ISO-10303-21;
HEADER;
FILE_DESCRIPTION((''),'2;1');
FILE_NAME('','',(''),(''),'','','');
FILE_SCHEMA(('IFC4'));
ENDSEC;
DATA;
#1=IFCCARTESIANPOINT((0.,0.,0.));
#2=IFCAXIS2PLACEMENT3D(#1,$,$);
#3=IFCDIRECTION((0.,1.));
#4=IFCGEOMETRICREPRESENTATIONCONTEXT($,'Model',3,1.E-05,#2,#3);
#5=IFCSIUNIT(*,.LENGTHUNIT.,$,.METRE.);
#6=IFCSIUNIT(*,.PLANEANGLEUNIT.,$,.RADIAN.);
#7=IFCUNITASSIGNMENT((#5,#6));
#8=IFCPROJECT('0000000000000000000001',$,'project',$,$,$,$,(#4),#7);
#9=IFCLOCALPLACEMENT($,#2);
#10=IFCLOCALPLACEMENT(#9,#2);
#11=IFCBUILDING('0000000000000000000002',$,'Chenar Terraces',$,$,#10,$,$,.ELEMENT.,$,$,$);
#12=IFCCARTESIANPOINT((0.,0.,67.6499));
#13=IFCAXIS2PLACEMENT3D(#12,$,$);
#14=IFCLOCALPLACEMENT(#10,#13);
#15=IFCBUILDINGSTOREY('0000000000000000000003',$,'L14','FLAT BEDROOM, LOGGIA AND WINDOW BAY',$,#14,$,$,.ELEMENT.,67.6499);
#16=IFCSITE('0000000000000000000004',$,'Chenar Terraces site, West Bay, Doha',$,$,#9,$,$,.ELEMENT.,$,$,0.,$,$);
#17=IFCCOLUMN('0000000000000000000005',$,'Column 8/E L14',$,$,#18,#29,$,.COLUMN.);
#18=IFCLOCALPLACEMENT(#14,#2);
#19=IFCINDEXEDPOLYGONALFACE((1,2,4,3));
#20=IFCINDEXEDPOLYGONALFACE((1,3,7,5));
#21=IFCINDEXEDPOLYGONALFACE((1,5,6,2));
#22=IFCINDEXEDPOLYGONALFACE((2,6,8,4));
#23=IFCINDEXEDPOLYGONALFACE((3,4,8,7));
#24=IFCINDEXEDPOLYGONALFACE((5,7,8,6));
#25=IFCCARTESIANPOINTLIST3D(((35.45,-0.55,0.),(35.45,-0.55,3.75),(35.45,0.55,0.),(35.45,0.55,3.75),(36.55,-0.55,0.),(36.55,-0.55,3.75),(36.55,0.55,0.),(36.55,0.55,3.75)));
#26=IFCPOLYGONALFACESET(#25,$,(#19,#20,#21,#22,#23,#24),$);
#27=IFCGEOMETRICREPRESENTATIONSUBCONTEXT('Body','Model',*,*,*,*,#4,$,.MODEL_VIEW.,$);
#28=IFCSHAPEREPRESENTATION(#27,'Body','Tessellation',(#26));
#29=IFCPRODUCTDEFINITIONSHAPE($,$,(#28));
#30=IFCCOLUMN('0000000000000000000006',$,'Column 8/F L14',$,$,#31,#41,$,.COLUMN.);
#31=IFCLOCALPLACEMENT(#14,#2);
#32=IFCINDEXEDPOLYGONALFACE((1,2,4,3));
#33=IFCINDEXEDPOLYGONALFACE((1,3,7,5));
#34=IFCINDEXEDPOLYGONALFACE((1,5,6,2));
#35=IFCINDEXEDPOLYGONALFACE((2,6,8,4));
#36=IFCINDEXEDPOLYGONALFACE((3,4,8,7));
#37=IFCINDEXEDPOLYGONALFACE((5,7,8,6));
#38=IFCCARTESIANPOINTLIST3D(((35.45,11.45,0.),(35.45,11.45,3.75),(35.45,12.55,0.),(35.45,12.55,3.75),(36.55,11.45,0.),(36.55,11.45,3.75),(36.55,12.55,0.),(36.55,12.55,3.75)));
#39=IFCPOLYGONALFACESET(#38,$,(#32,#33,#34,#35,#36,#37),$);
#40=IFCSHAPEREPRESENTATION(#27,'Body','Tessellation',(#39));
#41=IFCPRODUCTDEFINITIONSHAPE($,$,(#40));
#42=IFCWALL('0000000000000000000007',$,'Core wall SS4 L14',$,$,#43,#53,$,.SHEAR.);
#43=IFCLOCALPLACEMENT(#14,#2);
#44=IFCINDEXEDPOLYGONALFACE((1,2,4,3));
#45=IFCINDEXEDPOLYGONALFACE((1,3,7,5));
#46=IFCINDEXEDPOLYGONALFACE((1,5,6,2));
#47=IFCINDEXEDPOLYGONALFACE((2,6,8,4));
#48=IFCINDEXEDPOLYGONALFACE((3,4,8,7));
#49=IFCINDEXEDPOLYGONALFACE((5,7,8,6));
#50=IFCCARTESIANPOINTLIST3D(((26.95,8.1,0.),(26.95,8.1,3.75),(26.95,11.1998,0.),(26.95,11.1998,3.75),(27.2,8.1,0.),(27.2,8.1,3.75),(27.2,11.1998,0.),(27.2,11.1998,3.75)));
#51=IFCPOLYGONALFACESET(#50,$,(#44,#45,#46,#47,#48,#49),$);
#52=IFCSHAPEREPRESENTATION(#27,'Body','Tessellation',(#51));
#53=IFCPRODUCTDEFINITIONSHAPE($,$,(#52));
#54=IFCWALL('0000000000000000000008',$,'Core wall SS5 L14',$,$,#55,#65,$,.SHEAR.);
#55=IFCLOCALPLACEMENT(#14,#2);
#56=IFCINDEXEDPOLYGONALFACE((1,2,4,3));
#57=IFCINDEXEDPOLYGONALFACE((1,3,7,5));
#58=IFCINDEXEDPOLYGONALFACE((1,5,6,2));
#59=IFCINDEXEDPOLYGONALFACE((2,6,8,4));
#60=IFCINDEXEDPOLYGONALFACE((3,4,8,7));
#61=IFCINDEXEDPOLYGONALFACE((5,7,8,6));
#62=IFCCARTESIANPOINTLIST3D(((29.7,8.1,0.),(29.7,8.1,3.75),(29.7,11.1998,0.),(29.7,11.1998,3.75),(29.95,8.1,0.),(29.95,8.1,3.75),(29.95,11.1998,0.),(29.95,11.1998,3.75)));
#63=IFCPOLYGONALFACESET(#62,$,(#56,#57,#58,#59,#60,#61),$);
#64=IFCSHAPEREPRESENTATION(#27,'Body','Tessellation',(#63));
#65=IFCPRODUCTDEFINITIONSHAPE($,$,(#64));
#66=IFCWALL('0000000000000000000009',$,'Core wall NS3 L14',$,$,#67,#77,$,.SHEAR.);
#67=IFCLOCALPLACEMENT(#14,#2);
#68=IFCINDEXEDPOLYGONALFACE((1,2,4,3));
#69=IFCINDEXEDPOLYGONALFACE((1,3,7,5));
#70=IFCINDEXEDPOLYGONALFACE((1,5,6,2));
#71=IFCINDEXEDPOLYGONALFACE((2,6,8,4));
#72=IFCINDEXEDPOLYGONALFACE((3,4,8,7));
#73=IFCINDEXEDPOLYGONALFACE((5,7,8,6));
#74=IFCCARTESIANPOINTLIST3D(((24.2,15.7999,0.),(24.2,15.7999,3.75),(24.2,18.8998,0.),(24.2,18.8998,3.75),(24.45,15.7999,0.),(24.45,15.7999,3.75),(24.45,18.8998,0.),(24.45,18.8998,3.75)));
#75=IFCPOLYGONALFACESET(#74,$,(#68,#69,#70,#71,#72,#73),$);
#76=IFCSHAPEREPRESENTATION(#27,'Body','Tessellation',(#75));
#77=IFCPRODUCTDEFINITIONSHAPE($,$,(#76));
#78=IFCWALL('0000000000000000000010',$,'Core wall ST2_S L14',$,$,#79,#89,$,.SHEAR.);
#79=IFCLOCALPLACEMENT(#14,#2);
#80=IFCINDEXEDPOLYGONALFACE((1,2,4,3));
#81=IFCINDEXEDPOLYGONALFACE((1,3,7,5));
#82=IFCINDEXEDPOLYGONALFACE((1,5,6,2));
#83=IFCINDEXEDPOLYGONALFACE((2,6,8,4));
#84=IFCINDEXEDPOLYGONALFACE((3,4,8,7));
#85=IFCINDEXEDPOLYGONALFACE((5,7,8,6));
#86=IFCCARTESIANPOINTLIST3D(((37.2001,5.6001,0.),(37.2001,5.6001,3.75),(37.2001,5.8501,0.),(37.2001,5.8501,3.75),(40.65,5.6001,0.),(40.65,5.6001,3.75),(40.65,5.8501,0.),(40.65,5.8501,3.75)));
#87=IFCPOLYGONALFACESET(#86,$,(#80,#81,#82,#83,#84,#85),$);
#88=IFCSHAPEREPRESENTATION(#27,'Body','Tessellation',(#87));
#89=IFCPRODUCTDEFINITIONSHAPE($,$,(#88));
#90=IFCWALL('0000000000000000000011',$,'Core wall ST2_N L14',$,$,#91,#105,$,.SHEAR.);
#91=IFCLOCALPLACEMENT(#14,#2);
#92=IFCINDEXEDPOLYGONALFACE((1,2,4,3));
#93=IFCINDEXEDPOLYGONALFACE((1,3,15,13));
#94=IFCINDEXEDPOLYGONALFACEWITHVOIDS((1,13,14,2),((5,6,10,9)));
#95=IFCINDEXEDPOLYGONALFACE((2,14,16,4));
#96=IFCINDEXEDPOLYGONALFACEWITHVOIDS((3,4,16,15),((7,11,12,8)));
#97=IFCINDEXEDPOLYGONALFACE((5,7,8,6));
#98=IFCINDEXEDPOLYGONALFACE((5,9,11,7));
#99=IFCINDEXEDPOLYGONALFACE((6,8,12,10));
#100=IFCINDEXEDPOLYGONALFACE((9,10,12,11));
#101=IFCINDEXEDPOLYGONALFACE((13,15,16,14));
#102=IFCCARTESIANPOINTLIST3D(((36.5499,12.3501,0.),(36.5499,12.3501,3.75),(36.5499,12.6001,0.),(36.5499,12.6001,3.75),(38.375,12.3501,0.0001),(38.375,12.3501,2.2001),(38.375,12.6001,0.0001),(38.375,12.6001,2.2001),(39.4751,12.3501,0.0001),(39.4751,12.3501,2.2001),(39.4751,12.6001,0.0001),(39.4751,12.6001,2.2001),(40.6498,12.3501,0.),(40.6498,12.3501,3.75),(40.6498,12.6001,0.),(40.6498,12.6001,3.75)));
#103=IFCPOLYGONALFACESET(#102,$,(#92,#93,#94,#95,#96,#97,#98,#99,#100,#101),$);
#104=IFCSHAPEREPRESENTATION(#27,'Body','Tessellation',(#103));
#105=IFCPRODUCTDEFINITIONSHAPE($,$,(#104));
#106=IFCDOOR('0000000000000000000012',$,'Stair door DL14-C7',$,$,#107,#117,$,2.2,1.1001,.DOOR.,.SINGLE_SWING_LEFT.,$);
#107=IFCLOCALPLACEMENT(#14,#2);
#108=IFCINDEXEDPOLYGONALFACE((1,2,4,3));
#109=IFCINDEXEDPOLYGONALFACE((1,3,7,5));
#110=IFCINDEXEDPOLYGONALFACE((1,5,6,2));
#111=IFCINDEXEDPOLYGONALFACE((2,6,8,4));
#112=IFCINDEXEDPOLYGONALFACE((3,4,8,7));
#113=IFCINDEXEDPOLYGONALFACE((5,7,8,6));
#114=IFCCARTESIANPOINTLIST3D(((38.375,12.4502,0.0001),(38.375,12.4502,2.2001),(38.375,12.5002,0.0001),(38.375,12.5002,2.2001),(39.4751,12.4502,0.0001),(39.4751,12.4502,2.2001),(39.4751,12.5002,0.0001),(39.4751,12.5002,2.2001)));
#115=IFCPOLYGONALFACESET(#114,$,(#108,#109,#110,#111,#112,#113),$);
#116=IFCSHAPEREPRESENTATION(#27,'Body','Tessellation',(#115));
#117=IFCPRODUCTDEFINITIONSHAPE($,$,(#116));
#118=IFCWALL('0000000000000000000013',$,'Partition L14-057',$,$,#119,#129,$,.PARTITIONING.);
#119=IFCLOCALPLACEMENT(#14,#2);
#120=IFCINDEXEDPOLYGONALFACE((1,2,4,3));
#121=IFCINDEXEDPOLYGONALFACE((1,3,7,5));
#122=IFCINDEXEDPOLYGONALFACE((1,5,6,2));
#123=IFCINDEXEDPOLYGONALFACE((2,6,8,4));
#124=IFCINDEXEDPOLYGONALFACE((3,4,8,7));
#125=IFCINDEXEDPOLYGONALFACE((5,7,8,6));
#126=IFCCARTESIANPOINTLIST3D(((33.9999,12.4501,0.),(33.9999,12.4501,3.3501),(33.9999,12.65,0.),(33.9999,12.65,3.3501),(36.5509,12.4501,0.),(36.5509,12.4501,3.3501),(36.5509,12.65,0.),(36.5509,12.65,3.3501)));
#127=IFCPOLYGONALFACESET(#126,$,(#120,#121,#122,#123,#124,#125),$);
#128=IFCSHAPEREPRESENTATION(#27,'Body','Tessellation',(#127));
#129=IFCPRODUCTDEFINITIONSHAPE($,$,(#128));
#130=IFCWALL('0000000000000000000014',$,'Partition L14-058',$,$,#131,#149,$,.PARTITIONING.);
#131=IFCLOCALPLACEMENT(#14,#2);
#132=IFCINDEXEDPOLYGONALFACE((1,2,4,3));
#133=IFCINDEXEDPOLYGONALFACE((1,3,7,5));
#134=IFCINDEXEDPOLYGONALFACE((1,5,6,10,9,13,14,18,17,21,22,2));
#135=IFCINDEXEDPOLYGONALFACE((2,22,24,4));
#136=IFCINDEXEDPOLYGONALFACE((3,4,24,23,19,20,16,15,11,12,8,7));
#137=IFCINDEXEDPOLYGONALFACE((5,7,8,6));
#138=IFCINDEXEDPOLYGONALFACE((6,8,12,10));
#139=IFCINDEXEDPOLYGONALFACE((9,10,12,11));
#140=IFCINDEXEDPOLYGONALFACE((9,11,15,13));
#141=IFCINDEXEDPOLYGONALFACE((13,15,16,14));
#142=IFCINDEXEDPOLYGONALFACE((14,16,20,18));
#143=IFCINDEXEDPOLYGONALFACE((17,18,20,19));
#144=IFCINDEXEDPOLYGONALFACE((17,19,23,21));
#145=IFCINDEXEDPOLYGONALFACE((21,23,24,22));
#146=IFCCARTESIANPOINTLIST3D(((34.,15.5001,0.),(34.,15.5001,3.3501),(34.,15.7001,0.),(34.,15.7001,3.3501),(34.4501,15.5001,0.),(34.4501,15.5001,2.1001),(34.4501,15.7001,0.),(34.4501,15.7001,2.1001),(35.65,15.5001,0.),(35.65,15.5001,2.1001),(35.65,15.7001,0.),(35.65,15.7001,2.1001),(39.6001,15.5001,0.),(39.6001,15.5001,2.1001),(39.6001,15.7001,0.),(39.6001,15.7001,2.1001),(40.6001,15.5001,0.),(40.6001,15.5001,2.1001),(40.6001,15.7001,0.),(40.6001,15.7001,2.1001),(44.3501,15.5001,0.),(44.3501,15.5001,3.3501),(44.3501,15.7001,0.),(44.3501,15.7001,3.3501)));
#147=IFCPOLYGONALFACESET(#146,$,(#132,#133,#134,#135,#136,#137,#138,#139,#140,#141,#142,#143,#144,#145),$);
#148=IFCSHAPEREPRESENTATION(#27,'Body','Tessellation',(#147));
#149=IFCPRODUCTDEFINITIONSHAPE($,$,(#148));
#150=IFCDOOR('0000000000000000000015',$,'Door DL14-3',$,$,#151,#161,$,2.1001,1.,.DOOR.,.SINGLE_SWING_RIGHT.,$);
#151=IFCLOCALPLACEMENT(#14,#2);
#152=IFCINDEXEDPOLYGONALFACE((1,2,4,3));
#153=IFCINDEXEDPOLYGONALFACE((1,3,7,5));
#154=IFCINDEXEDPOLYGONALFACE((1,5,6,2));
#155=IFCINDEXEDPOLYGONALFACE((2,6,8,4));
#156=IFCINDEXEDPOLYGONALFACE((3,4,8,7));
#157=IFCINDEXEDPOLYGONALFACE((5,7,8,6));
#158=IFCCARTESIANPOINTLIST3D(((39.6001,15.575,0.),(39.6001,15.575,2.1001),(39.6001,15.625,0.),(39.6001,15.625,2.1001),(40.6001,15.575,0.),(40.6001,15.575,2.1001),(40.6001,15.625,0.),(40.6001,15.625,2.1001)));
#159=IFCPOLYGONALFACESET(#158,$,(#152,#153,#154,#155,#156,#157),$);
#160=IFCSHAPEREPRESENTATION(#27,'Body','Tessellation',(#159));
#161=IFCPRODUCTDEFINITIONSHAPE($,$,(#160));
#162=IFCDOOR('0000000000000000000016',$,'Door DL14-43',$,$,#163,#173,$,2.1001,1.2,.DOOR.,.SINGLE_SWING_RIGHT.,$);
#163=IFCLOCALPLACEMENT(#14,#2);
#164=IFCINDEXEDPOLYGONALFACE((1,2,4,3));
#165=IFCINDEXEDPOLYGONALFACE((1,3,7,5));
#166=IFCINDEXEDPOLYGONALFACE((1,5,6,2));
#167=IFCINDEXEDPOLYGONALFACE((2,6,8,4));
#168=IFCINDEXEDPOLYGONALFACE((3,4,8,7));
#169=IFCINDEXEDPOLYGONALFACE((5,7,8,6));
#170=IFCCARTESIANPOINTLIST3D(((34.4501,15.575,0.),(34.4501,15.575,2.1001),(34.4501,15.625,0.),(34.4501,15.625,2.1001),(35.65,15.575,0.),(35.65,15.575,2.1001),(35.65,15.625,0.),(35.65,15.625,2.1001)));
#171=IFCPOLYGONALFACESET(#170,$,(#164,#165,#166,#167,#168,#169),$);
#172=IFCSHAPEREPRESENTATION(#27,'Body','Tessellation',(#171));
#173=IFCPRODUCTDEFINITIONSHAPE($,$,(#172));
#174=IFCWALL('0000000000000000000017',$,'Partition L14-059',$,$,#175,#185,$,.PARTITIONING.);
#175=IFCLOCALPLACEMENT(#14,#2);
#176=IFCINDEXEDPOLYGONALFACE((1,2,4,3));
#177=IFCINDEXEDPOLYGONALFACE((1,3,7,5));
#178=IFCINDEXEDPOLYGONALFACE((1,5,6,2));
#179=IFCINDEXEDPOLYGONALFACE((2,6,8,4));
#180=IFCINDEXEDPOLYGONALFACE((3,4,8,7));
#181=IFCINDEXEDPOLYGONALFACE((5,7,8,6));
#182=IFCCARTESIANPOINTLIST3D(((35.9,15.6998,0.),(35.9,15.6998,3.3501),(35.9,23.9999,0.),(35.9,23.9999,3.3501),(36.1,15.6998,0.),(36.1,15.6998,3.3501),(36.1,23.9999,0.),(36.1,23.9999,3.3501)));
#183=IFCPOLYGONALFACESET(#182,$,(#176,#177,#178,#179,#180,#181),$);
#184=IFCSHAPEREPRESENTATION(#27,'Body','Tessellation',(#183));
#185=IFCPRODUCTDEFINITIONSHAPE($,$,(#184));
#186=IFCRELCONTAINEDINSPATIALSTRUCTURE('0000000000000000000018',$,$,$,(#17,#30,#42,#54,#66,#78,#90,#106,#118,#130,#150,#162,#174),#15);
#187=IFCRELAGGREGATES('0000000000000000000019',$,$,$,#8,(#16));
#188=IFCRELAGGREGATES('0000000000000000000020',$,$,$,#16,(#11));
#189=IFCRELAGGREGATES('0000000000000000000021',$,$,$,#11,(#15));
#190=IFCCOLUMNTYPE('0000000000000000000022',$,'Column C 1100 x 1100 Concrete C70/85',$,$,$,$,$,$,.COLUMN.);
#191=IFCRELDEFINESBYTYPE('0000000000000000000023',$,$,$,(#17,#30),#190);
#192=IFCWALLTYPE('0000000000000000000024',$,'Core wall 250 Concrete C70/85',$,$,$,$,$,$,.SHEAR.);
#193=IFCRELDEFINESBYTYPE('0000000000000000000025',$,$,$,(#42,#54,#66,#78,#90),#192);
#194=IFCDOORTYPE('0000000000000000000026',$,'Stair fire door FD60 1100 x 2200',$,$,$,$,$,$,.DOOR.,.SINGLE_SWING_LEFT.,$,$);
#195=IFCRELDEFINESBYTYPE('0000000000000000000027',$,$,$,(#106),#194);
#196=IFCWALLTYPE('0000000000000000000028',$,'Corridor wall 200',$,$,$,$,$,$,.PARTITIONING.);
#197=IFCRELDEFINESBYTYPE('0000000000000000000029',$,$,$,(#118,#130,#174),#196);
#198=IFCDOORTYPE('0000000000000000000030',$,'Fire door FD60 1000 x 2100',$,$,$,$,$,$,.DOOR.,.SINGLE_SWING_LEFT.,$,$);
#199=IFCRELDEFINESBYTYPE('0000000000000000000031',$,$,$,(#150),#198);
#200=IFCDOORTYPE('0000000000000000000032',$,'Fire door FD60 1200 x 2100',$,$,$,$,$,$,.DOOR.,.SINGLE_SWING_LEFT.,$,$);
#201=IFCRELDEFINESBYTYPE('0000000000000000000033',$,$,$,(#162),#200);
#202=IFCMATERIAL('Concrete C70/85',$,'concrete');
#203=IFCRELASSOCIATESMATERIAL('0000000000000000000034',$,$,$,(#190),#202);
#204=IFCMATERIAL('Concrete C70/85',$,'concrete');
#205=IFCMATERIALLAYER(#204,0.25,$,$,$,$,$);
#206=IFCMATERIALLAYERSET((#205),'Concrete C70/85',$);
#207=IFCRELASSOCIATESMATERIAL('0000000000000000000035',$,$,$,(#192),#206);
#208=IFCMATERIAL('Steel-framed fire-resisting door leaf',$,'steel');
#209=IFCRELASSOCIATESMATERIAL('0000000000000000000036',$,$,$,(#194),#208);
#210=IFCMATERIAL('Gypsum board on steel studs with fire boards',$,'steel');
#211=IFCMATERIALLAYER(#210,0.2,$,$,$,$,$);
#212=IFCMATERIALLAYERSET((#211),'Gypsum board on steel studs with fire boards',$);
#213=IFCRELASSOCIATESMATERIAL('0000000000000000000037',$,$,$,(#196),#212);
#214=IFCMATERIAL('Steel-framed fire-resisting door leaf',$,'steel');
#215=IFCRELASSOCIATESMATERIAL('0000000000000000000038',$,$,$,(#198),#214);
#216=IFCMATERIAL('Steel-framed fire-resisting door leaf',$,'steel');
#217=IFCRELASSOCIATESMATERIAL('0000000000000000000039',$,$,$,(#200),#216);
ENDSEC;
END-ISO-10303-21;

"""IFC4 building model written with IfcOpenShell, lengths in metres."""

from ifc_helpers import new_model, si_unit, direction, frame, frame_2d, origin, origin_2d, place, context, subcontext, project, spatial, rectangle, extrude, material, layer, layer_set, material_profile, profile_set, type_object, element, fill, save


model = new_model("IFC4")

# Units and contexts
model_context = context("Model", 3, precision=1e-05, world=origin(), true_north=direction((0.0, 1.0)))
body_context = subcontext(model_context, "Body", "Model", "MODEL_VIEW")
ifc_project = project(units=[si_unit("LENGTHUNIT", "METRE"), si_unit("PLANEANGLEUNIT", "RADIAN")], contexts=[model_context])

# Site, building, storey
site_placement = place(None, origin())
site = spatial("IfcSite", under=ifc_project, at=site_placement, Name="Chenar Terraces site, West Bay, Doha", CompositionType="ELEMENT", RefElevation=0.0)
building_placement = place(site_placement, origin())
building = spatial("IfcBuilding", under=site, at=building_placement, Name="Chenar Terraces", CompositionType="ELEMENT")
storey_placement = place(building_placement, frame((0.0, 0.0, 67.6499)))
storey = spatial("IfcBuildingStorey", under=building, at=storey_placement, Name="L14", Description="FLAT BEDROOM, LOGGIA AND WINDOW BAY", CompositionType="ELEMENT", Elevation=67.6499)

# Columns
ifc_material_1 = material(Name="Concrete C70/85", Category="concrete")
ifc_material_profile = material_profile(ifc_material_1, rectangle(XDim=1.1001, YDim=1.1001, at=origin_2d()), Name="C 1100 x 1100")
ifc_profile_set = profile_set([ifc_material_profile], Name="Concrete C70/85")
column_type = type_object("IfcColumnType", Name="Column C 1100 x 1100 Concrete C70/85", PredefinedType="COLUMN", material=ifc_profile_set)
for number, where, z_axis, x_axis, name in (
    (1, (36.0, 0.0, 0.0), (0.0, 0.0, 1.0), (1.0, 0.0, 0.0), "Column 8/E L14"),
    (2, (36.0, 12.0, 0.0), (0.0, 0.0, 1.0), (1.0, 0.0, 0.0), "Column 8/F L14"),
):
    element("IfcColumn", number, at=place(storey_placement, frame(where, z_axis=z_axis, x_axis=x_axis)), inside=storey, type_object=column_type, Name=name, PredefinedType="COLUMN", context=body_context, shape_type="SweptSolid", body=[
        extrude(rectangle(XDim=1.1001, YDim=1.1001, at=origin_2d()), origin(), (0.0, 0.0, 1.0), 3.75),
    ])

# Walls
ifc_material_2 = material(Name="Concrete C70/85", Category="concrete")
ifc_layer_1 = layer(ifc_material_2, 0.25)
ifc_layer_set_1 = layer_set([ifc_layer_1], Name="Concrete C70/85")
wall_type_1 = type_object("IfcWallType", Name="Core wall 250 Concrete C70/85", PredefinedType="SHEAR", material=ifc_layer_set_1)
for number, where, z_axis, x_axis, name in (
    (3, (27.075, 8.1001, 0.0), (0.0, 0.0, 1.0), (0.0, 1.0, 0.0), "Core wall SS4 L14"),
    (4, (29.825, 8.1001, 0.0), (0.0, 0.0, 1.0), (0.0, 1.0, 0.0), "Core wall SS5 L14"),
    (5, (24.325, 15.8, 0.0), (0.0, 0.0, 1.0), (0.0, 1.0, 0.0), "Core wall NS3 L14"),
):
    element("IfcWall", number, at=place(storey_placement, frame(where, z_axis=z_axis, x_axis=x_axis)), inside=storey, type_object=wall_type_1, Name=name, PredefinedType="SHEAR", context=body_context, shape_type="SweptSolid", body=[
        extrude(rectangle(XDim=3.0999, YDim=0.25, at=frame_2d((1.5498, 0.0))), origin(), (0.0, 0.0, 1.0), 3.75),
    ])
wall_1_placement = place(storey_placement, frame((37.2, 5.7251, 0.0), z_axis=(0.0, 0.0, 1.0), x_axis=(1.0, 0.0, 0.0)))
element("IfcWall", 6, at=wall_1_placement, inside=storey, type_object=wall_type_1, Name="Core wall ST2_S L14", PredefinedType="SHEAR", context=body_context, shape_type="SweptSolid", body=[
    extrude(rectangle(XDim=3.45, YDim=0.25, at=frame_2d((1.7251, 0.0))), origin(), (0.0, 0.0, 1.0), 3.75),
])

# Wall, opening, door
wall_2_placement = place(storey_placement, frame((36.55, 12.4751, 0.0), z_axis=(0.0, 0.0, 1.0), x_axis=(1.0, 0.0, 0.0)))
wall_2 = element("IfcWall", 7, at=wall_2_placement, inside=storey, type_object=wall_type_1, Name="Core wall ST2_N L14", PredefinedType="SHEAR", context=body_context, shape_type="SweptSolid", body=[
    extrude(rectangle(XDim=4.0999, YDim=0.25, at=frame_2d((2.0498, 0.0))), origin(), (0.0, 0.0, 1.0), 3.75),
])
opening_1_placement = place(wall_2_placement, frame((1.825, 0.0, 0.0)))
opening_1 = element("IfcOpeningElement", 8, at=opening_1_placement, cuts=wall_2, PredefinedType="OPENING", context=body_context, shape_type="SweptSolid", body=[
    extrude(rectangle(XDim=1.1001, YDim=2.2, at=frame_2d((0.55, 1.1001))), frame((0.0, 0.135, 0.0), z_axis=(0.0, -1.0, 0.0), x_axis=(1.0, 0.0, 0.0)), (0.0, 0.0, 1.0), 0.27),
])
ifc_material_3 = material(Name="Steel-framed fire-resisting door leaf", Category="steel")
door_type_1 = type_object("IfcDoorType", Name="Stair fire door FD60 1100 x 2200", OperationType="SINGLE_SWING_LEFT", PredefinedType="DOOR", material=ifc_material_3)
door_1_placement = place(opening_1_placement, frame((1.1001, 0.0, 0.0), z_axis=(0.0, 0.0, 1.0), x_axis=(-1.0, 0.0, 0.0)))
door_1 = element("IfcDoor", 9, at=door_1_placement, inside=storey, type_object=door_type_1, Name="Stair door DL14-C7", OperationType="SINGLE_SWING_LEFT", OverallHeight=2.2, OverallWidth=1.1001, PredefinedType="DOOR", context=body_context, shape_type="SweptSolid", body=[
    extrude(rectangle(XDim=1.1001, YDim=2.2, at=frame_2d((0.55, 1.1001))), frame((0.0, 0.0249, 0.0), z_axis=(0.0, -1.0, 0.0), x_axis=(1.0, 0.0, 0.0)), (0.0, 0.0, 1.0), 0.05),
])
fill(opening_1, door_1)

# Wall
ifc_material_4 = material(Name="Gypsum board on steel studs with fire boards", Category="steel")
ifc_layer_2 = layer(ifc_material_4, 0.2)
ifc_layer_set_2 = layer_set([ifc_layer_2], Name="Gypsum board on steel studs with fire boards")
wall_type_2 = type_object("IfcWallType", Name="Corridor wall 200", PredefinedType="PARTITIONING", material=ifc_layer_set_2)
wall_3_placement = place(storey_placement, frame((34.0, 12.55, 0.0), z_axis=(0.0, 0.0, 1.0), x_axis=(1.0, 0.0, 0.0)))
element("IfcWall", 10, at=wall_3_placement, inside=storey, type_object=wall_type_2, Name="Partition L14-057", PredefinedType="PARTITIONING", context=body_context, shape_type="SweptSolid", body=[
    extrude(rectangle(XDim=2.551, YDim=0.2, at=frame_2d((1.2754, 0.0))), origin(), (0.0, 0.0, 1.0), 3.3501),
])

# Wall, openings, doors
wall_4_placement = place(storey_placement, frame((34.0, 15.6001, 0.0), z_axis=(0.0, 0.0, 1.0), x_axis=(1.0, 0.0, 0.0)))
wall_4 = element("IfcWall", 11, at=wall_4_placement, inside=storey, type_object=wall_type_2, Name="Partition L14-058", PredefinedType="PARTITIONING", context=body_context, shape_type="SweptSolid", body=[
    extrude(rectangle(XDim=10.3501, YDim=0.2, at=frame_2d((5.175, 0.0))), origin(), (0.0, 0.0, 1.0), 3.3501),
])
opening_2_placement = place(wall_4_placement, frame((5.6001, 0.0, 0.0)))
opening_2 = element("IfcOpeningElement", 12, at=opening_2_placement, cuts=wall_4, PredefinedType="OPENING", context=body_context, shape_type="SweptSolid", body=[
    extrude(rectangle(XDim=1.0, YDim=2.1001, at=frame_2d((0.5, 1.05))), frame((0.0, 0.1099, 0.0), z_axis=(0.0, -1.0, 0.0), x_axis=(1.0, 0.0, 0.0)), (0.0, 0.0, 1.0), 0.22),
])
opening_3_placement = place(wall_4_placement, frame((0.45, 0.0, 0.0)))
opening_3 = element("IfcOpeningElement", 13, at=opening_3_placement, cuts=wall_4, PredefinedType="OPENING", context=body_context, shape_type="SweptSolid", body=[
    extrude(rectangle(XDim=1.2, YDim=2.1001, at=frame_2d((0.6001, 1.05))), frame((0.0, 0.1099, 0.0), z_axis=(0.0, -1.0, 0.0), x_axis=(1.0, 0.0, 0.0)), (0.0, 0.0, 1.0), 0.22),
])
ifc_material_5 = material(Name="Steel-framed fire-resisting door leaf", Category="steel")
door_type_2 = type_object("IfcDoorType", Name="Fire door FD60 1000 x 2100", OperationType="SINGLE_SWING_LEFT", PredefinedType="DOOR", material=ifc_material_5)
door_2_placement = place(opening_2_placement, origin())
door_2 = element("IfcDoor", 14, at=door_2_placement, inside=storey, type_object=door_type_2, Name="Door DL14-3", OperationType="SINGLE_SWING_RIGHT", OverallHeight=2.1001, OverallWidth=1.0, PredefinedType="DOOR", context=body_context, shape_type="SweptSolid", body=[
    extrude(rectangle(XDim=1.0, YDim=2.1001, at=frame_2d((0.5, 1.05))), frame((0.0, 0.0249, 0.0), z_axis=(0.0, -1.0, 0.0), x_axis=(1.0, 0.0, 0.0)), (0.0, 0.0, 1.0), 0.05),
])
fill(opening_2, door_2)
ifc_material_6 = material(Name="Steel-framed fire-resisting door leaf", Category="steel")
door_type_3 = type_object("IfcDoorType", Name="Fire door FD60 1200 x 2100", OperationType="SINGLE_SWING_LEFT", PredefinedType="DOOR", material=ifc_material_6)
door_3_placement = place(opening_3_placement, origin())
door_3 = element("IfcDoor", 15, at=door_3_placement, inside=storey, type_object=door_type_3, Name="Door DL14-43", OperationType="SINGLE_SWING_RIGHT", OverallHeight=2.1001, OverallWidth=1.2, PredefinedType="DOOR", context=body_context, shape_type="SweptSolid", body=[
    extrude(rectangle(XDim=1.2, YDim=2.1001, at=frame_2d((0.6001, 1.05))), frame((0.0, 0.0249, 0.0), z_axis=(0.0, -1.0, 0.0), x_axis=(1.0, 0.0, 0.0)), (0.0, 0.0, 1.0), 0.05),
])
fill(opening_3, door_3)

# Wall
wall_5_placement = place(storey_placement, frame((36.0, 15.7, 0.0), z_axis=(0.0, 0.0, 1.0), x_axis=(0.0, 1.0, 0.0)))
element("IfcWall", 16, at=wall_5_placement, inside=storey, type_object=wall_type_2, Name="Partition L14-059", PredefinedType="PARTITIONING", context=body_context, shape_type="SweptSolid", body=[
    extrude(rectangle(XDim=8.3, YDim=0.2, at=frame_2d((4.1499, 0.0))), origin(), (0.0, 0.0, 1.0), 3.3501),
])

save(model, "model.ifc")
